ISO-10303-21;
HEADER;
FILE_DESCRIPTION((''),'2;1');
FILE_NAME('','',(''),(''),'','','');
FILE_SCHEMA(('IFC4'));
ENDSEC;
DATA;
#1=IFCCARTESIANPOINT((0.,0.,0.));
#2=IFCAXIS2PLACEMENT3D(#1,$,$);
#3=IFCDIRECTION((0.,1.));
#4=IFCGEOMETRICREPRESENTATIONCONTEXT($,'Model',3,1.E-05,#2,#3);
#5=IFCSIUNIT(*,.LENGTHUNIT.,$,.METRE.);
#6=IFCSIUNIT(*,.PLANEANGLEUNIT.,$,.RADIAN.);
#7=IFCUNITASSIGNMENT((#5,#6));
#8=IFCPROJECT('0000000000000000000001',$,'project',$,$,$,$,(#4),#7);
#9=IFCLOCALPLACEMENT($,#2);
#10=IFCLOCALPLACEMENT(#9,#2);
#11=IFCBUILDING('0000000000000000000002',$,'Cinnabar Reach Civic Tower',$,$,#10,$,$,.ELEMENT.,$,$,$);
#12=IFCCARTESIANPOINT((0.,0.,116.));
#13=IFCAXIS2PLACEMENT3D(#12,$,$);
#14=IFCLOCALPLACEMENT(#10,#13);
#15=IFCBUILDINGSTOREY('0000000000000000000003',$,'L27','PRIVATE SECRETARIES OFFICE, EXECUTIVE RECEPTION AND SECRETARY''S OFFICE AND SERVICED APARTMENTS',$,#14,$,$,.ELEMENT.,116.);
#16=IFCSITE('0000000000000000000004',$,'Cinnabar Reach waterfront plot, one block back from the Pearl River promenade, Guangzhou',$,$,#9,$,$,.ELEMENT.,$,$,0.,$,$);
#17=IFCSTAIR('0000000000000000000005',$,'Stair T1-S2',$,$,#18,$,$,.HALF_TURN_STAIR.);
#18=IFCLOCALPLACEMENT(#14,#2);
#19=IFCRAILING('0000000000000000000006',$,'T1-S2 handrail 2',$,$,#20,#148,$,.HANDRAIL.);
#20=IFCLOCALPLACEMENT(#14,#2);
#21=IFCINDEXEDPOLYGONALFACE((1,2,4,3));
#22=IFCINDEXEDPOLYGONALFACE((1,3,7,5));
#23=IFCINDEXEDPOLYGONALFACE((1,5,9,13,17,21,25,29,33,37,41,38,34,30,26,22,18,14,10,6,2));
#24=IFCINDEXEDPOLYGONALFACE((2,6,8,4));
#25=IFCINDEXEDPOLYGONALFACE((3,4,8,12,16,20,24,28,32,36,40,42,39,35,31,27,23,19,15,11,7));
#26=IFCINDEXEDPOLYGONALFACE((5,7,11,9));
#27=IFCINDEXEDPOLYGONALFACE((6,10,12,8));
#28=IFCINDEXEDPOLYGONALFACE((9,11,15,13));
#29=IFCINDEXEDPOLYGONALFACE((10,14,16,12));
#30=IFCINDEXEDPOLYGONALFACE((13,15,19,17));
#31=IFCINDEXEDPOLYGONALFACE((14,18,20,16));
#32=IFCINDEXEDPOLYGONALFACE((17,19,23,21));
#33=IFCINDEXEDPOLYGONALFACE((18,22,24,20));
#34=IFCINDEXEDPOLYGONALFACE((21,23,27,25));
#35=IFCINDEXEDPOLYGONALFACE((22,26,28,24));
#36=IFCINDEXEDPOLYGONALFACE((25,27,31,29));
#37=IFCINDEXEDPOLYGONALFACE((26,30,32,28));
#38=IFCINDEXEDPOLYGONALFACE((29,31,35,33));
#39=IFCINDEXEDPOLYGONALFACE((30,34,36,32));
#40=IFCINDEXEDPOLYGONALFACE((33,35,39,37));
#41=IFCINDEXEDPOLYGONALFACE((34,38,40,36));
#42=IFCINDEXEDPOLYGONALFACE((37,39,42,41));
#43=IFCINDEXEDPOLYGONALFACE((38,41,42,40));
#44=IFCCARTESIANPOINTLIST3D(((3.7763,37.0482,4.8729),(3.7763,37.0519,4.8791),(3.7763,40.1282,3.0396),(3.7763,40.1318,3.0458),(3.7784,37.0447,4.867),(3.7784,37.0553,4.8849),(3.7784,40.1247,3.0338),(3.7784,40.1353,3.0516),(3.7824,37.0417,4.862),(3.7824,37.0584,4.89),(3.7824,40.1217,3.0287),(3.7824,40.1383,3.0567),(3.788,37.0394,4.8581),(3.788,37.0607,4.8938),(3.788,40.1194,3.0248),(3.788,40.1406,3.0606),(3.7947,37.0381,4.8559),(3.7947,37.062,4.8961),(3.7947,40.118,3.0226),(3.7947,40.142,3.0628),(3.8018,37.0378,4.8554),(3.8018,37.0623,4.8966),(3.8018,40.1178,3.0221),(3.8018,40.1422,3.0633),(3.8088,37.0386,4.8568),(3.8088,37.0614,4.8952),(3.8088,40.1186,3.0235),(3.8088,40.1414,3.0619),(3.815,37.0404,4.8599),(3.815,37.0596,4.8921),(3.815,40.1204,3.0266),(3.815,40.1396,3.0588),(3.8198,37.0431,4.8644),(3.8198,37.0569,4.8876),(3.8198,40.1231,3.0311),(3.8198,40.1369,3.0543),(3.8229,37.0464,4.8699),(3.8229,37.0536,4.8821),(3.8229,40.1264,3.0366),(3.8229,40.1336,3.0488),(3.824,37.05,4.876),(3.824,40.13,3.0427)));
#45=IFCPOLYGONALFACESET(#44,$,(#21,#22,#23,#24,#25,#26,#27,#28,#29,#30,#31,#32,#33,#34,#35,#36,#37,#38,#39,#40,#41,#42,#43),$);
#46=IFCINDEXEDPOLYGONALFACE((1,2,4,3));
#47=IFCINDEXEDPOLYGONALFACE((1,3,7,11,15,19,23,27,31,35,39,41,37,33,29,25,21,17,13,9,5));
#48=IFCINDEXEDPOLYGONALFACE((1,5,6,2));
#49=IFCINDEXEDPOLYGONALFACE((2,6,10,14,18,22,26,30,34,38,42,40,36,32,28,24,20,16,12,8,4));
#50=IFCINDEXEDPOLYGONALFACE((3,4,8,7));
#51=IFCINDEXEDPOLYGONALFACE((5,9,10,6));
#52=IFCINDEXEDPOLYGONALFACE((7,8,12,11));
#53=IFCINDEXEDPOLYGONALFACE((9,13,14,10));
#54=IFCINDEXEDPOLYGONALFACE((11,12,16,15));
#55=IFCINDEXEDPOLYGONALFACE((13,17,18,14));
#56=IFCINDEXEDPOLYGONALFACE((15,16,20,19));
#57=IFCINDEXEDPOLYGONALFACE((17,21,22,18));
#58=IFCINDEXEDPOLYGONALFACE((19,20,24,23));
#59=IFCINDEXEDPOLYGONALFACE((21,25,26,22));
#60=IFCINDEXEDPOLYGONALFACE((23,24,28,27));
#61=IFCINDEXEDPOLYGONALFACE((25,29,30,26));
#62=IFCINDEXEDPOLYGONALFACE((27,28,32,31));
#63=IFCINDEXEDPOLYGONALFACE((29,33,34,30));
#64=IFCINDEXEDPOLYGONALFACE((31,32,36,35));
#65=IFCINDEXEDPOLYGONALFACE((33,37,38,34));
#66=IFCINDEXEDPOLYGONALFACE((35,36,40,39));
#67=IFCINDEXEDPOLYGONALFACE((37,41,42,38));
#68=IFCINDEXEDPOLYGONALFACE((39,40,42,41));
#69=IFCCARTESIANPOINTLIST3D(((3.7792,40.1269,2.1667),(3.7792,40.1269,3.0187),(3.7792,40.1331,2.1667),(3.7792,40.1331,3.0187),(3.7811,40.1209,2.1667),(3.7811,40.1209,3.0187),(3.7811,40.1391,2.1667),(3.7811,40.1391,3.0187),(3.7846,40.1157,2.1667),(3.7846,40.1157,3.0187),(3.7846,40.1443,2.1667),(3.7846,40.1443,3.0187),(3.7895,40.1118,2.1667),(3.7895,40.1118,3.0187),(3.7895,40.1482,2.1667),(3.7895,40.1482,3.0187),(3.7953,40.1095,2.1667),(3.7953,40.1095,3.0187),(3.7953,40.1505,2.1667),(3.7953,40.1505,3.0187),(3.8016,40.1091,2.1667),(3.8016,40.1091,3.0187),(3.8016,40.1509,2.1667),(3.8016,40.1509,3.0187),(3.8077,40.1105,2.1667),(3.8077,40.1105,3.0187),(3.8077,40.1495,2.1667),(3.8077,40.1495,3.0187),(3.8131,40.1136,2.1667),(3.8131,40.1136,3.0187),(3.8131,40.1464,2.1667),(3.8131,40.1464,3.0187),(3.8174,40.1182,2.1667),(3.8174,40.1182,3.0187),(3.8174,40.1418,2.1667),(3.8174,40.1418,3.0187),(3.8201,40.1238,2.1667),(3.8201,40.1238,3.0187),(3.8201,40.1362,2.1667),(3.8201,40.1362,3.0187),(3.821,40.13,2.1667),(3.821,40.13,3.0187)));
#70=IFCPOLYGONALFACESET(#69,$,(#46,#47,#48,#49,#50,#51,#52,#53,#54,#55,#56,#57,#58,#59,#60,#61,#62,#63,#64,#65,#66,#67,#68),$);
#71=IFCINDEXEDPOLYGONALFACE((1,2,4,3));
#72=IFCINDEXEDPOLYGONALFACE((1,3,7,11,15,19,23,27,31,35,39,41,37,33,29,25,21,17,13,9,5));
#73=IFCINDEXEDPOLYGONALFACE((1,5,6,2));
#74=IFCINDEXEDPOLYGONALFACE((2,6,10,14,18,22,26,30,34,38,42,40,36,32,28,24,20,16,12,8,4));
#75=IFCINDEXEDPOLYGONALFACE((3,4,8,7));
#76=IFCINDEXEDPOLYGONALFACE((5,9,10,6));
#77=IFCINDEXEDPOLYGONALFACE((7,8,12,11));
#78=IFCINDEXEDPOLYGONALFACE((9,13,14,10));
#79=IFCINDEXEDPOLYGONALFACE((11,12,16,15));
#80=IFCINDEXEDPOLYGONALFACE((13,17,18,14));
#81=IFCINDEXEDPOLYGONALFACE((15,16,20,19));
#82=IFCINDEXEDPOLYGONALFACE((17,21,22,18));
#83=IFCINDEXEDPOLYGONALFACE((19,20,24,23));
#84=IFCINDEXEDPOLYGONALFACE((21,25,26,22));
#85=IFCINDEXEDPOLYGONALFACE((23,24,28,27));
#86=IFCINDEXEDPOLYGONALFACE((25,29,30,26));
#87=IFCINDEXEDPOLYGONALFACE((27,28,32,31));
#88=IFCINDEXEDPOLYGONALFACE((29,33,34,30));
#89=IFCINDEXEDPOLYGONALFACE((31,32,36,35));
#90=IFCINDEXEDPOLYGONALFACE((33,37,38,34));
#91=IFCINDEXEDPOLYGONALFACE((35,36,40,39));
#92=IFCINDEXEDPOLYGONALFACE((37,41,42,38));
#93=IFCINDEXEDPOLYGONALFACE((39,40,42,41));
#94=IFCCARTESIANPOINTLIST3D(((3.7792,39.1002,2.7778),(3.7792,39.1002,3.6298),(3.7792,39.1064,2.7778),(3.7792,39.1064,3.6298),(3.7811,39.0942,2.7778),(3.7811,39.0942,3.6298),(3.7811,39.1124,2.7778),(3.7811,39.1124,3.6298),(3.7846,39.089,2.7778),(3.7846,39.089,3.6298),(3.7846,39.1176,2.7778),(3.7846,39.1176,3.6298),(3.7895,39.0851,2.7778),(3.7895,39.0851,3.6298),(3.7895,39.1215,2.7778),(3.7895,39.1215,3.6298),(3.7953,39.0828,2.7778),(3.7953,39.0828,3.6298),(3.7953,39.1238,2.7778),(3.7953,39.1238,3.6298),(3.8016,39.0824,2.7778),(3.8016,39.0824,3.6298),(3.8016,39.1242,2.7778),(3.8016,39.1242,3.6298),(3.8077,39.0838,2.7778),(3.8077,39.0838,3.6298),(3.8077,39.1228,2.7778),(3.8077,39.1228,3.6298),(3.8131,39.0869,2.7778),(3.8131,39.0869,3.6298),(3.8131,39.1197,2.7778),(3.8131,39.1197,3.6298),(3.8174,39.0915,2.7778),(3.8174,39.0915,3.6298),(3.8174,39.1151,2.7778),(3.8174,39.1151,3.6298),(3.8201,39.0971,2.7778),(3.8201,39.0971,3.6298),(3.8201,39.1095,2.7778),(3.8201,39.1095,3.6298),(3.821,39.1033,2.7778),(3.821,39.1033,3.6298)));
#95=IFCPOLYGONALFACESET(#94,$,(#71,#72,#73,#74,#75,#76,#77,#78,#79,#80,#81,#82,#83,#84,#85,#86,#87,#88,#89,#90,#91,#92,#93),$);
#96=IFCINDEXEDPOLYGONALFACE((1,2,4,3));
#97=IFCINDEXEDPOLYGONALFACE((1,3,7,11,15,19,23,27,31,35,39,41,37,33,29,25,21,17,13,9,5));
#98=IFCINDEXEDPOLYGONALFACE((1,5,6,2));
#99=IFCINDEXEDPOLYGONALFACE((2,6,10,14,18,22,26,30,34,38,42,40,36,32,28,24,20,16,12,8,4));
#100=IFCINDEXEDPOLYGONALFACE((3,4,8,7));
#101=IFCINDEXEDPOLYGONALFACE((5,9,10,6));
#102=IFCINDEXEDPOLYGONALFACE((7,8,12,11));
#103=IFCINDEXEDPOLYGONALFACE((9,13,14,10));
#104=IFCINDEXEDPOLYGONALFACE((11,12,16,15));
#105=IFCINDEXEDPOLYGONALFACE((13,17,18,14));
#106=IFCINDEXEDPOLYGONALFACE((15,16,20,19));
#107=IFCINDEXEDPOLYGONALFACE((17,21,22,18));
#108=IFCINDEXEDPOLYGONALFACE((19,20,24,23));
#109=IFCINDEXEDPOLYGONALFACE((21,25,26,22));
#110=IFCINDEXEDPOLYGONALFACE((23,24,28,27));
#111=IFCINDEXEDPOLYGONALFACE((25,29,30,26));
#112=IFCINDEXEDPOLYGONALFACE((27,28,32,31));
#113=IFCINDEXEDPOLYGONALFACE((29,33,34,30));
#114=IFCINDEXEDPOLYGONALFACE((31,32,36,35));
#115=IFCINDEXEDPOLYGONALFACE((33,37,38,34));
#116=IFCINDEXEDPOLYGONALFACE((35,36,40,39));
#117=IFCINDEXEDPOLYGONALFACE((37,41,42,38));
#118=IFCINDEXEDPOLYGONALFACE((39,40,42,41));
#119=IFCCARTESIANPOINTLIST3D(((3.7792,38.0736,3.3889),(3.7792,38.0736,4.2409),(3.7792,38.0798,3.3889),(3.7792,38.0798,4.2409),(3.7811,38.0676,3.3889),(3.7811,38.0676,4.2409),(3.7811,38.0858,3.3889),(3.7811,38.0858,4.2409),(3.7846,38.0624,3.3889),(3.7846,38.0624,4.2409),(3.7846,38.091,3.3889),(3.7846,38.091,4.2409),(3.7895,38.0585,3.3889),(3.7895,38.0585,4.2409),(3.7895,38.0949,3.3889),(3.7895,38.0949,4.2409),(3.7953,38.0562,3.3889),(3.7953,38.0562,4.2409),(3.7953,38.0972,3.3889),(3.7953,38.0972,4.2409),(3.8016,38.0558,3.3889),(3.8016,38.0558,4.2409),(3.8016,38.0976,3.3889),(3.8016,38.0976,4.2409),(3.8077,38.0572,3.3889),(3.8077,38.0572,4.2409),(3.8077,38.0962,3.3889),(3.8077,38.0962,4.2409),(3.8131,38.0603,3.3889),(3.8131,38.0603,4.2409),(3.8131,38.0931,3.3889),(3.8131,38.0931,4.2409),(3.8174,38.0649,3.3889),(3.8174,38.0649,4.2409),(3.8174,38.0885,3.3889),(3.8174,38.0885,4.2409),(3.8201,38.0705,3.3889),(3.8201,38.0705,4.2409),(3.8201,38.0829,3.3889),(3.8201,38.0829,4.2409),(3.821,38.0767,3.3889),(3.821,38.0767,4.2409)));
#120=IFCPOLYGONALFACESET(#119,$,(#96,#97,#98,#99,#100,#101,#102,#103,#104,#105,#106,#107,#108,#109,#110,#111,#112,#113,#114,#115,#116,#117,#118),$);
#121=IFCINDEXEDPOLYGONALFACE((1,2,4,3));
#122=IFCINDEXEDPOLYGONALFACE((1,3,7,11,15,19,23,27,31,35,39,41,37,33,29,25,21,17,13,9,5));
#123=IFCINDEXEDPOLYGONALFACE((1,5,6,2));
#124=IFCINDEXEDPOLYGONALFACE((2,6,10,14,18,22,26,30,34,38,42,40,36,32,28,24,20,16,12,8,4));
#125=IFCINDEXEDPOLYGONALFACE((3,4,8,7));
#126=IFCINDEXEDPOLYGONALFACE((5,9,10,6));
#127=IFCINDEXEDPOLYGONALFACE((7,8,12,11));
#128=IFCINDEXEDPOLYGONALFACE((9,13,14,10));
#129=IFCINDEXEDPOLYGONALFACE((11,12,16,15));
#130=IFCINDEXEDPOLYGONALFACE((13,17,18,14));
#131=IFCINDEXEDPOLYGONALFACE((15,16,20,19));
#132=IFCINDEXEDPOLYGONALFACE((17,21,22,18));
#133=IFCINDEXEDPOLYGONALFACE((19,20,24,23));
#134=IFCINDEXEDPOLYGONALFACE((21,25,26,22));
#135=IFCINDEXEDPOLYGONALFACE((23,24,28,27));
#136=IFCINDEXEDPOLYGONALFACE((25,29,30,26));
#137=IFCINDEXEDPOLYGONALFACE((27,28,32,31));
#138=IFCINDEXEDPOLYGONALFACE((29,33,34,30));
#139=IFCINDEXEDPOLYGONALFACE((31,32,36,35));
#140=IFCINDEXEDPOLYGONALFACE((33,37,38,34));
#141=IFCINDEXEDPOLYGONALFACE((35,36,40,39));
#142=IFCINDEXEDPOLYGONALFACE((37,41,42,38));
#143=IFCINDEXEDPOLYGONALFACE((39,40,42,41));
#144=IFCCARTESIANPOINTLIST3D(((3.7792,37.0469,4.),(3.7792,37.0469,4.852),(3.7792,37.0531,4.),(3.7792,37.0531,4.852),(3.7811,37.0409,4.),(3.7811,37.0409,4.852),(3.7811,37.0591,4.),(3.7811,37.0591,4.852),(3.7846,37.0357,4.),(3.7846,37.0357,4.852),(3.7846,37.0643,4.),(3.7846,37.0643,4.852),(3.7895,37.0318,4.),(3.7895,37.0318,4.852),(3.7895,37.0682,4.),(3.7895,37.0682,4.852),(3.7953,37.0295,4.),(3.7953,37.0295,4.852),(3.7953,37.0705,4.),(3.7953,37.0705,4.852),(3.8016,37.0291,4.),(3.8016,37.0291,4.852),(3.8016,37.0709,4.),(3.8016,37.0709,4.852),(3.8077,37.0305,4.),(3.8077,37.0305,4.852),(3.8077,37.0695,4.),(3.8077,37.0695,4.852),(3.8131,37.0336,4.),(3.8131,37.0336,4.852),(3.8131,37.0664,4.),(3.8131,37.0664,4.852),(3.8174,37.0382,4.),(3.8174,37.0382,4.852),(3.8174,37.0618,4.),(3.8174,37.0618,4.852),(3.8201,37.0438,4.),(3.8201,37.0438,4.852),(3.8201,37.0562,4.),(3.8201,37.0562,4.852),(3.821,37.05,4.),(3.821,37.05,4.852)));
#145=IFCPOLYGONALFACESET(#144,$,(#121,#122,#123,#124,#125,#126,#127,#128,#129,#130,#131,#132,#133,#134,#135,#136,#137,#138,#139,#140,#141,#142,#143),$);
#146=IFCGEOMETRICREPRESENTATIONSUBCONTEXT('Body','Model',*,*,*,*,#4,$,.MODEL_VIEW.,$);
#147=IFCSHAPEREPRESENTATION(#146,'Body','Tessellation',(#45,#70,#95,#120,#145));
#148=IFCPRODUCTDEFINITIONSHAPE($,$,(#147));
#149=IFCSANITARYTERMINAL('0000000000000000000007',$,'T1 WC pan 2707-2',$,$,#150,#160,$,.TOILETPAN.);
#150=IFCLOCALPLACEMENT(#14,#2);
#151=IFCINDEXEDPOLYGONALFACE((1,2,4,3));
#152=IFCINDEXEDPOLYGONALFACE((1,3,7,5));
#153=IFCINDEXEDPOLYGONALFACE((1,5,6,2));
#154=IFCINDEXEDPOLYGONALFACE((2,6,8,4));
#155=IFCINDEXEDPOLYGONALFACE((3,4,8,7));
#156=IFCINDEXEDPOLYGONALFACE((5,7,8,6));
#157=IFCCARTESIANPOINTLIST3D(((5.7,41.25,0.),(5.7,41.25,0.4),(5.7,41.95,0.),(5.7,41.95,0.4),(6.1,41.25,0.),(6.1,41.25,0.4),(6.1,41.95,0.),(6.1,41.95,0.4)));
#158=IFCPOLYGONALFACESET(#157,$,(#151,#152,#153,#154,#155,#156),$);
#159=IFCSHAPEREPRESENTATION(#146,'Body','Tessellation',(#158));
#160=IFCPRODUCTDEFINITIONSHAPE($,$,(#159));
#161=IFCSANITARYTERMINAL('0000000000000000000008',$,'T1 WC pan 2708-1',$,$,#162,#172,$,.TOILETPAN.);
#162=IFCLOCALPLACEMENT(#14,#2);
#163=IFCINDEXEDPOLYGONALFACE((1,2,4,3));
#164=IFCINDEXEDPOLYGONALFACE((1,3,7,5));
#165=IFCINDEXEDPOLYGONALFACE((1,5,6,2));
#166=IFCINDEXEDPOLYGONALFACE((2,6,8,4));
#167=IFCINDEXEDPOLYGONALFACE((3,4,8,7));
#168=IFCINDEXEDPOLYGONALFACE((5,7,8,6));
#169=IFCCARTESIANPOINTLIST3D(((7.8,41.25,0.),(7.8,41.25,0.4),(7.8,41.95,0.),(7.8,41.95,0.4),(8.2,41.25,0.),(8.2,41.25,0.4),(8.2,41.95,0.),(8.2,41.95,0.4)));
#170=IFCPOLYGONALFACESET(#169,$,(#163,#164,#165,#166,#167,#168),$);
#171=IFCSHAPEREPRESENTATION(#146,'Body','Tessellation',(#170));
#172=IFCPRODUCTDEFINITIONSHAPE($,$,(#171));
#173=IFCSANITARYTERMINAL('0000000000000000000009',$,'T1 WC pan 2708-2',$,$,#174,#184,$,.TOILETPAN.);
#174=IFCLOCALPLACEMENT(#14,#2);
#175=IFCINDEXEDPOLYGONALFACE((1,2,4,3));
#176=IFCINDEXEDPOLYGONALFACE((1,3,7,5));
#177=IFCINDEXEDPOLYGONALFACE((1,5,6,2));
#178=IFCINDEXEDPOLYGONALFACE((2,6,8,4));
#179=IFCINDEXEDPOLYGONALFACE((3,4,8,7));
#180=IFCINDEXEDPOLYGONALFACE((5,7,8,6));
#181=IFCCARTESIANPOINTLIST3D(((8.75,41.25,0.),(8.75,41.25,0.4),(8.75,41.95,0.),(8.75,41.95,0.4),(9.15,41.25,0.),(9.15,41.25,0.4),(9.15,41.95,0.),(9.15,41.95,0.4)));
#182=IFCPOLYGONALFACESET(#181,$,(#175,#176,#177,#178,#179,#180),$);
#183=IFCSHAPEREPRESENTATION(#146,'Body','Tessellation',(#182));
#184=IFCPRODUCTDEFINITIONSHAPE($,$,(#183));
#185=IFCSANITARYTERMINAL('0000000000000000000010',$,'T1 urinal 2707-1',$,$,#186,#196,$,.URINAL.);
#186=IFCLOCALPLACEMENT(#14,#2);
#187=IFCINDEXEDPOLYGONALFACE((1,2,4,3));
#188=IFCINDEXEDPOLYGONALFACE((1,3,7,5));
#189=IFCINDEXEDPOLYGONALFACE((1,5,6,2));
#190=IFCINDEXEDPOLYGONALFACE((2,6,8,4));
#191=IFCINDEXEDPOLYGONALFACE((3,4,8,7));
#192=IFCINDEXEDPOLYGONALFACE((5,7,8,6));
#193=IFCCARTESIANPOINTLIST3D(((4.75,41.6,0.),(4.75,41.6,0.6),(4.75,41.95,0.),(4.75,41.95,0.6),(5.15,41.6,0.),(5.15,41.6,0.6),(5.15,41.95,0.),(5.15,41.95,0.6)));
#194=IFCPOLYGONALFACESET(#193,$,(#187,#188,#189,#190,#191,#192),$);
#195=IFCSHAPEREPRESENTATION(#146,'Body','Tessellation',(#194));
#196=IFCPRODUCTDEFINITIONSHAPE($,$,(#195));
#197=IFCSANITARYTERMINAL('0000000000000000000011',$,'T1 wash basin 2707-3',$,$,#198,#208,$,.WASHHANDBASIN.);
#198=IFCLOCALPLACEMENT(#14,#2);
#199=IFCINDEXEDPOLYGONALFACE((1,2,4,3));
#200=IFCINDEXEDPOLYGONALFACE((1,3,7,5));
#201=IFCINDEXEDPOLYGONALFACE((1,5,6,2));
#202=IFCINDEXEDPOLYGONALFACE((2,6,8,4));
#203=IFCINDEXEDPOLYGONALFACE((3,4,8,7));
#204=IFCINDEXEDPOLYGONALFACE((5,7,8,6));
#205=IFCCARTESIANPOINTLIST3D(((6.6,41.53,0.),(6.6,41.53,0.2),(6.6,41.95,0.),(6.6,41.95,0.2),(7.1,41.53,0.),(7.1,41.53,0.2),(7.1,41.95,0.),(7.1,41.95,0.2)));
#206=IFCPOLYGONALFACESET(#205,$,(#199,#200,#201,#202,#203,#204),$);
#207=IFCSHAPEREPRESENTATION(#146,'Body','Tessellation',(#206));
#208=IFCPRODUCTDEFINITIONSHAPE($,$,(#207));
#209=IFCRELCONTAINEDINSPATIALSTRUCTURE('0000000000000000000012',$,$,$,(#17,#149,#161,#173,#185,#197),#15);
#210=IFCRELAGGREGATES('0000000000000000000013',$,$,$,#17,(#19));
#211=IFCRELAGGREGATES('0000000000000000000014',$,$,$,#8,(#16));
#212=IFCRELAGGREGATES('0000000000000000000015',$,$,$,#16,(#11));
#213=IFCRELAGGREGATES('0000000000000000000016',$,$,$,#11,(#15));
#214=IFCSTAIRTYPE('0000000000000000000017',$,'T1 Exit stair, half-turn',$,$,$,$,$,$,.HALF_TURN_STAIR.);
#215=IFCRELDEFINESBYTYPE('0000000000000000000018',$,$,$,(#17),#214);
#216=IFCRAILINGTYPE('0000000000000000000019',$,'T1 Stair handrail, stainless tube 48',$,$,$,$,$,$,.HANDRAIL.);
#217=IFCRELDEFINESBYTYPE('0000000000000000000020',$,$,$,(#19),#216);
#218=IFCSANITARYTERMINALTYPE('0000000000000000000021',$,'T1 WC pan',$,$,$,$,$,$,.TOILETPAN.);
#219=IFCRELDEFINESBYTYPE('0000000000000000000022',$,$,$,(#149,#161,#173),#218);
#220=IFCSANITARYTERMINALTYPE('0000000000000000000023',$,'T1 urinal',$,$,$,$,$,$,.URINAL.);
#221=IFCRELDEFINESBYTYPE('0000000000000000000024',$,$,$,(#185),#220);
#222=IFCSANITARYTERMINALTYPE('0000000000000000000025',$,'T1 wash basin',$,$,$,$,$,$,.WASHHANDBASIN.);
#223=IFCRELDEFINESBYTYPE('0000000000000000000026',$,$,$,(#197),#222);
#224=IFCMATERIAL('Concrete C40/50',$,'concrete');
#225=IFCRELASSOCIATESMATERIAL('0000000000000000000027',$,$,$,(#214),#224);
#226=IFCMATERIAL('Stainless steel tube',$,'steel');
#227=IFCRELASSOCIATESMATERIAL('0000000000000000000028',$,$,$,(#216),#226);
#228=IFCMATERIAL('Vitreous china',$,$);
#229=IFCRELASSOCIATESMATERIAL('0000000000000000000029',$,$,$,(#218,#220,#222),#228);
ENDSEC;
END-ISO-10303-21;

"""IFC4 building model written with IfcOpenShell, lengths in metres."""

from ifc_helpers import new_model, si_unit, direction, frame, origin, origin_2d, place, context, subcontext, project, spatial, rectangle, circle, extrude, material, type_object, element, aggregate, save


model = new_model("IFC4")

# Units and contexts
model_context = context("Model", 3, precision=1e-05, world=origin(), true_north=direction((0.0, 1.0)))
body_context = subcontext(model_context, "Body", "Model", "MODEL_VIEW")
ifc_project = project(units=[si_unit("LENGTHUNIT", "METRE"), si_unit("PLANEANGLEUNIT", "RADIAN")], contexts=[model_context])

# Site, building, storey
site_placement = place(None, origin())
site = spatial("IfcSite", under=ifc_project, at=site_placement, Name="Cinnabar Reach waterfront plot, one block back from the Pearl River promenade, Guangzhou", CompositionType="ELEMENT", RefElevation=0.0)
building_placement = place(site_placement, origin())
building = spatial("IfcBuilding", under=site, at=building_placement, Name="Cinnabar Reach Civic Tower", CompositionType="ELEMENT")
storey_placement = place(building_placement, frame((0.0, 0.0, 116.0)))
storey = spatial("IfcBuildingStorey", under=building, at=storey_placement, Name="L27", Description="PRIVATE SECRETARIES OFFICE, EXECUTIVE RECEPTION AND SECRETARY'S OFFICE AND SERVICED APARTMENTS", CompositionType="ELEMENT", Elevation=116.0)

# Stair, railing
ifc_material_1 = material(Name="Concrete C40/50", Category="concrete")
stair_type = type_object("IfcStairType", Name="T1 Exit stair, half-turn", PredefinedType="HALF_TURN_STAIR", material=ifc_material_1)
stair_placement = place(storey_placement, origin())
stair = element("IfcStair", 1, at=stair_placement, inside=storey, type_object=stair_type, Name="Stair T1-S2", PredefinedType="HALF_TURN_STAIR")
ifc_material_2 = material(Name="Stainless steel tube", Category="steel")
railing_type = type_object("IfcRailingType", Name="T1 Stair handrail, stainless tube 48", PredefinedType="HANDRAIL", material=ifc_material_2)
railing_1_placement = place(storey_placement, frame((3.8, 40.13, 2.1667)))
railing_1 = element("IfcRailing", 2, at=railing_1_placement, type_object=railing_type, Name="T1-S2 handrail 2", PredefinedType="HANDRAIL", context=body_context, shape_type="SweptSolid", body=[
    extrude(circle(Radius=0.024, at=origin_2d()), frame((0.0, 0.0, 0.876), z_axis=(0.0, -0.859297, 0.511477), x_axis=(1.0, 0.0, 0.0)), (0.0, 0.0, 1.0), 3.5843),
    extrude(circle(Radius=0.021, at=origin_2d()), origin(), (0.0, 0.0, 1.0), 0.852),
    extrude(circle(Radius=0.021, at=origin_2d()), frame((0.0, -1.0267, 0.6111)), (0.0, 0.0, 1.0), 0.852),
    extrude(circle(Radius=0.021, at=origin_2d()), frame((0.0, -2.0533, 1.2222)), (0.0, 0.0, 1.0), 0.852),
    extrude(circle(Radius=0.021, at=origin_2d()), frame((0.0, -3.08, 1.8333)), (0.0, 0.0, 1.0), 0.852),
])
aggregate(stair, [railing_1])

# Sanitary terminals
ifc_material_3 = material(Name="Vitreous china")
sanitary_terminal_type_1 = type_object("IfcSanitaryTerminalType", Name="T1 WC pan", PredefinedType="TOILETPAN", material=ifc_material_3)
for number, where, z_axis, x_axis, name in (
    (3, (5.9, 41.6, 0.0), (0.0, 0.0, 1.0), (1.0, 0.0, 0.0), "T1 WC pan 2707-2"),
    (4, (8.0, 41.6, 0.0), (0.0, 0.0, 1.0), (1.0, 0.0, 0.0), "T1 WC pan 2708-1"),
    (5, (8.95, 41.6, 0.0), (0.0, 0.0, 1.0), (1.0, 0.0, 0.0), "T1 WC pan 2708-2"),
):
    element("IfcSanitaryTerminal", number, at=place(storey_placement, frame(where, z_axis=z_axis, x_axis=x_axis)), inside=storey, type_object=sanitary_terminal_type_1, Name=name, PredefinedType="TOILETPAN", context=body_context, shape_type="SweptSolid", body=[
        extrude(rectangle(XDim=0.4, YDim=0.7, at=origin_2d()), origin(), (0.0, 0.0, 1.0), 0.4),
    ])
sanitary_terminal_type_2 = type_object("IfcSanitaryTerminalType", Name="T1 urinal", PredefinedType="URINAL", material=ifc_material_3)
sanitary_terminal_1_placement = place(storey_placement, frame((4.95, 41.775, 0.0), z_axis=(0.0, 0.0, 1.0), x_axis=(1.0, 0.0, 0.0)))
element("IfcSanitaryTerminal", 6, at=sanitary_terminal_1_placement, inside=storey, type_object=sanitary_terminal_type_2, Name="T1 urinal 2707-1", PredefinedType="URINAL", context=body_context, shape_type="SweptSolid", body=[
    extrude(rectangle(XDim=0.4, YDim=0.35, at=origin_2d()), origin(), (0.0, 0.0, 1.0), 0.6),
])
sanitary_terminal_type_3 = type_object("IfcSanitaryTerminalType", Name="T1 wash basin", PredefinedType="WASHHANDBASIN", material=ifc_material_3)
sanitary_terminal_2_placement = place(storey_placement, frame((6.85, 41.74, 0.0), z_axis=(0.0, 0.0, 1.0), x_axis=(1.0, 0.0, 0.0)))
element("IfcSanitaryTerminal", 7, at=sanitary_terminal_2_placement, inside=storey, type_object=sanitary_terminal_type_3, Name="T1 wash basin 2707-3", PredefinedType="WASHHANDBASIN", context=body_context, shape_type="SweptSolid", body=[
    extrude(rectangle(XDim=0.5, YDim=0.42, at=origin_2d()), origin(), (0.0, 0.0, 1.0), 0.2),
])

save(model, "model.ifc")
